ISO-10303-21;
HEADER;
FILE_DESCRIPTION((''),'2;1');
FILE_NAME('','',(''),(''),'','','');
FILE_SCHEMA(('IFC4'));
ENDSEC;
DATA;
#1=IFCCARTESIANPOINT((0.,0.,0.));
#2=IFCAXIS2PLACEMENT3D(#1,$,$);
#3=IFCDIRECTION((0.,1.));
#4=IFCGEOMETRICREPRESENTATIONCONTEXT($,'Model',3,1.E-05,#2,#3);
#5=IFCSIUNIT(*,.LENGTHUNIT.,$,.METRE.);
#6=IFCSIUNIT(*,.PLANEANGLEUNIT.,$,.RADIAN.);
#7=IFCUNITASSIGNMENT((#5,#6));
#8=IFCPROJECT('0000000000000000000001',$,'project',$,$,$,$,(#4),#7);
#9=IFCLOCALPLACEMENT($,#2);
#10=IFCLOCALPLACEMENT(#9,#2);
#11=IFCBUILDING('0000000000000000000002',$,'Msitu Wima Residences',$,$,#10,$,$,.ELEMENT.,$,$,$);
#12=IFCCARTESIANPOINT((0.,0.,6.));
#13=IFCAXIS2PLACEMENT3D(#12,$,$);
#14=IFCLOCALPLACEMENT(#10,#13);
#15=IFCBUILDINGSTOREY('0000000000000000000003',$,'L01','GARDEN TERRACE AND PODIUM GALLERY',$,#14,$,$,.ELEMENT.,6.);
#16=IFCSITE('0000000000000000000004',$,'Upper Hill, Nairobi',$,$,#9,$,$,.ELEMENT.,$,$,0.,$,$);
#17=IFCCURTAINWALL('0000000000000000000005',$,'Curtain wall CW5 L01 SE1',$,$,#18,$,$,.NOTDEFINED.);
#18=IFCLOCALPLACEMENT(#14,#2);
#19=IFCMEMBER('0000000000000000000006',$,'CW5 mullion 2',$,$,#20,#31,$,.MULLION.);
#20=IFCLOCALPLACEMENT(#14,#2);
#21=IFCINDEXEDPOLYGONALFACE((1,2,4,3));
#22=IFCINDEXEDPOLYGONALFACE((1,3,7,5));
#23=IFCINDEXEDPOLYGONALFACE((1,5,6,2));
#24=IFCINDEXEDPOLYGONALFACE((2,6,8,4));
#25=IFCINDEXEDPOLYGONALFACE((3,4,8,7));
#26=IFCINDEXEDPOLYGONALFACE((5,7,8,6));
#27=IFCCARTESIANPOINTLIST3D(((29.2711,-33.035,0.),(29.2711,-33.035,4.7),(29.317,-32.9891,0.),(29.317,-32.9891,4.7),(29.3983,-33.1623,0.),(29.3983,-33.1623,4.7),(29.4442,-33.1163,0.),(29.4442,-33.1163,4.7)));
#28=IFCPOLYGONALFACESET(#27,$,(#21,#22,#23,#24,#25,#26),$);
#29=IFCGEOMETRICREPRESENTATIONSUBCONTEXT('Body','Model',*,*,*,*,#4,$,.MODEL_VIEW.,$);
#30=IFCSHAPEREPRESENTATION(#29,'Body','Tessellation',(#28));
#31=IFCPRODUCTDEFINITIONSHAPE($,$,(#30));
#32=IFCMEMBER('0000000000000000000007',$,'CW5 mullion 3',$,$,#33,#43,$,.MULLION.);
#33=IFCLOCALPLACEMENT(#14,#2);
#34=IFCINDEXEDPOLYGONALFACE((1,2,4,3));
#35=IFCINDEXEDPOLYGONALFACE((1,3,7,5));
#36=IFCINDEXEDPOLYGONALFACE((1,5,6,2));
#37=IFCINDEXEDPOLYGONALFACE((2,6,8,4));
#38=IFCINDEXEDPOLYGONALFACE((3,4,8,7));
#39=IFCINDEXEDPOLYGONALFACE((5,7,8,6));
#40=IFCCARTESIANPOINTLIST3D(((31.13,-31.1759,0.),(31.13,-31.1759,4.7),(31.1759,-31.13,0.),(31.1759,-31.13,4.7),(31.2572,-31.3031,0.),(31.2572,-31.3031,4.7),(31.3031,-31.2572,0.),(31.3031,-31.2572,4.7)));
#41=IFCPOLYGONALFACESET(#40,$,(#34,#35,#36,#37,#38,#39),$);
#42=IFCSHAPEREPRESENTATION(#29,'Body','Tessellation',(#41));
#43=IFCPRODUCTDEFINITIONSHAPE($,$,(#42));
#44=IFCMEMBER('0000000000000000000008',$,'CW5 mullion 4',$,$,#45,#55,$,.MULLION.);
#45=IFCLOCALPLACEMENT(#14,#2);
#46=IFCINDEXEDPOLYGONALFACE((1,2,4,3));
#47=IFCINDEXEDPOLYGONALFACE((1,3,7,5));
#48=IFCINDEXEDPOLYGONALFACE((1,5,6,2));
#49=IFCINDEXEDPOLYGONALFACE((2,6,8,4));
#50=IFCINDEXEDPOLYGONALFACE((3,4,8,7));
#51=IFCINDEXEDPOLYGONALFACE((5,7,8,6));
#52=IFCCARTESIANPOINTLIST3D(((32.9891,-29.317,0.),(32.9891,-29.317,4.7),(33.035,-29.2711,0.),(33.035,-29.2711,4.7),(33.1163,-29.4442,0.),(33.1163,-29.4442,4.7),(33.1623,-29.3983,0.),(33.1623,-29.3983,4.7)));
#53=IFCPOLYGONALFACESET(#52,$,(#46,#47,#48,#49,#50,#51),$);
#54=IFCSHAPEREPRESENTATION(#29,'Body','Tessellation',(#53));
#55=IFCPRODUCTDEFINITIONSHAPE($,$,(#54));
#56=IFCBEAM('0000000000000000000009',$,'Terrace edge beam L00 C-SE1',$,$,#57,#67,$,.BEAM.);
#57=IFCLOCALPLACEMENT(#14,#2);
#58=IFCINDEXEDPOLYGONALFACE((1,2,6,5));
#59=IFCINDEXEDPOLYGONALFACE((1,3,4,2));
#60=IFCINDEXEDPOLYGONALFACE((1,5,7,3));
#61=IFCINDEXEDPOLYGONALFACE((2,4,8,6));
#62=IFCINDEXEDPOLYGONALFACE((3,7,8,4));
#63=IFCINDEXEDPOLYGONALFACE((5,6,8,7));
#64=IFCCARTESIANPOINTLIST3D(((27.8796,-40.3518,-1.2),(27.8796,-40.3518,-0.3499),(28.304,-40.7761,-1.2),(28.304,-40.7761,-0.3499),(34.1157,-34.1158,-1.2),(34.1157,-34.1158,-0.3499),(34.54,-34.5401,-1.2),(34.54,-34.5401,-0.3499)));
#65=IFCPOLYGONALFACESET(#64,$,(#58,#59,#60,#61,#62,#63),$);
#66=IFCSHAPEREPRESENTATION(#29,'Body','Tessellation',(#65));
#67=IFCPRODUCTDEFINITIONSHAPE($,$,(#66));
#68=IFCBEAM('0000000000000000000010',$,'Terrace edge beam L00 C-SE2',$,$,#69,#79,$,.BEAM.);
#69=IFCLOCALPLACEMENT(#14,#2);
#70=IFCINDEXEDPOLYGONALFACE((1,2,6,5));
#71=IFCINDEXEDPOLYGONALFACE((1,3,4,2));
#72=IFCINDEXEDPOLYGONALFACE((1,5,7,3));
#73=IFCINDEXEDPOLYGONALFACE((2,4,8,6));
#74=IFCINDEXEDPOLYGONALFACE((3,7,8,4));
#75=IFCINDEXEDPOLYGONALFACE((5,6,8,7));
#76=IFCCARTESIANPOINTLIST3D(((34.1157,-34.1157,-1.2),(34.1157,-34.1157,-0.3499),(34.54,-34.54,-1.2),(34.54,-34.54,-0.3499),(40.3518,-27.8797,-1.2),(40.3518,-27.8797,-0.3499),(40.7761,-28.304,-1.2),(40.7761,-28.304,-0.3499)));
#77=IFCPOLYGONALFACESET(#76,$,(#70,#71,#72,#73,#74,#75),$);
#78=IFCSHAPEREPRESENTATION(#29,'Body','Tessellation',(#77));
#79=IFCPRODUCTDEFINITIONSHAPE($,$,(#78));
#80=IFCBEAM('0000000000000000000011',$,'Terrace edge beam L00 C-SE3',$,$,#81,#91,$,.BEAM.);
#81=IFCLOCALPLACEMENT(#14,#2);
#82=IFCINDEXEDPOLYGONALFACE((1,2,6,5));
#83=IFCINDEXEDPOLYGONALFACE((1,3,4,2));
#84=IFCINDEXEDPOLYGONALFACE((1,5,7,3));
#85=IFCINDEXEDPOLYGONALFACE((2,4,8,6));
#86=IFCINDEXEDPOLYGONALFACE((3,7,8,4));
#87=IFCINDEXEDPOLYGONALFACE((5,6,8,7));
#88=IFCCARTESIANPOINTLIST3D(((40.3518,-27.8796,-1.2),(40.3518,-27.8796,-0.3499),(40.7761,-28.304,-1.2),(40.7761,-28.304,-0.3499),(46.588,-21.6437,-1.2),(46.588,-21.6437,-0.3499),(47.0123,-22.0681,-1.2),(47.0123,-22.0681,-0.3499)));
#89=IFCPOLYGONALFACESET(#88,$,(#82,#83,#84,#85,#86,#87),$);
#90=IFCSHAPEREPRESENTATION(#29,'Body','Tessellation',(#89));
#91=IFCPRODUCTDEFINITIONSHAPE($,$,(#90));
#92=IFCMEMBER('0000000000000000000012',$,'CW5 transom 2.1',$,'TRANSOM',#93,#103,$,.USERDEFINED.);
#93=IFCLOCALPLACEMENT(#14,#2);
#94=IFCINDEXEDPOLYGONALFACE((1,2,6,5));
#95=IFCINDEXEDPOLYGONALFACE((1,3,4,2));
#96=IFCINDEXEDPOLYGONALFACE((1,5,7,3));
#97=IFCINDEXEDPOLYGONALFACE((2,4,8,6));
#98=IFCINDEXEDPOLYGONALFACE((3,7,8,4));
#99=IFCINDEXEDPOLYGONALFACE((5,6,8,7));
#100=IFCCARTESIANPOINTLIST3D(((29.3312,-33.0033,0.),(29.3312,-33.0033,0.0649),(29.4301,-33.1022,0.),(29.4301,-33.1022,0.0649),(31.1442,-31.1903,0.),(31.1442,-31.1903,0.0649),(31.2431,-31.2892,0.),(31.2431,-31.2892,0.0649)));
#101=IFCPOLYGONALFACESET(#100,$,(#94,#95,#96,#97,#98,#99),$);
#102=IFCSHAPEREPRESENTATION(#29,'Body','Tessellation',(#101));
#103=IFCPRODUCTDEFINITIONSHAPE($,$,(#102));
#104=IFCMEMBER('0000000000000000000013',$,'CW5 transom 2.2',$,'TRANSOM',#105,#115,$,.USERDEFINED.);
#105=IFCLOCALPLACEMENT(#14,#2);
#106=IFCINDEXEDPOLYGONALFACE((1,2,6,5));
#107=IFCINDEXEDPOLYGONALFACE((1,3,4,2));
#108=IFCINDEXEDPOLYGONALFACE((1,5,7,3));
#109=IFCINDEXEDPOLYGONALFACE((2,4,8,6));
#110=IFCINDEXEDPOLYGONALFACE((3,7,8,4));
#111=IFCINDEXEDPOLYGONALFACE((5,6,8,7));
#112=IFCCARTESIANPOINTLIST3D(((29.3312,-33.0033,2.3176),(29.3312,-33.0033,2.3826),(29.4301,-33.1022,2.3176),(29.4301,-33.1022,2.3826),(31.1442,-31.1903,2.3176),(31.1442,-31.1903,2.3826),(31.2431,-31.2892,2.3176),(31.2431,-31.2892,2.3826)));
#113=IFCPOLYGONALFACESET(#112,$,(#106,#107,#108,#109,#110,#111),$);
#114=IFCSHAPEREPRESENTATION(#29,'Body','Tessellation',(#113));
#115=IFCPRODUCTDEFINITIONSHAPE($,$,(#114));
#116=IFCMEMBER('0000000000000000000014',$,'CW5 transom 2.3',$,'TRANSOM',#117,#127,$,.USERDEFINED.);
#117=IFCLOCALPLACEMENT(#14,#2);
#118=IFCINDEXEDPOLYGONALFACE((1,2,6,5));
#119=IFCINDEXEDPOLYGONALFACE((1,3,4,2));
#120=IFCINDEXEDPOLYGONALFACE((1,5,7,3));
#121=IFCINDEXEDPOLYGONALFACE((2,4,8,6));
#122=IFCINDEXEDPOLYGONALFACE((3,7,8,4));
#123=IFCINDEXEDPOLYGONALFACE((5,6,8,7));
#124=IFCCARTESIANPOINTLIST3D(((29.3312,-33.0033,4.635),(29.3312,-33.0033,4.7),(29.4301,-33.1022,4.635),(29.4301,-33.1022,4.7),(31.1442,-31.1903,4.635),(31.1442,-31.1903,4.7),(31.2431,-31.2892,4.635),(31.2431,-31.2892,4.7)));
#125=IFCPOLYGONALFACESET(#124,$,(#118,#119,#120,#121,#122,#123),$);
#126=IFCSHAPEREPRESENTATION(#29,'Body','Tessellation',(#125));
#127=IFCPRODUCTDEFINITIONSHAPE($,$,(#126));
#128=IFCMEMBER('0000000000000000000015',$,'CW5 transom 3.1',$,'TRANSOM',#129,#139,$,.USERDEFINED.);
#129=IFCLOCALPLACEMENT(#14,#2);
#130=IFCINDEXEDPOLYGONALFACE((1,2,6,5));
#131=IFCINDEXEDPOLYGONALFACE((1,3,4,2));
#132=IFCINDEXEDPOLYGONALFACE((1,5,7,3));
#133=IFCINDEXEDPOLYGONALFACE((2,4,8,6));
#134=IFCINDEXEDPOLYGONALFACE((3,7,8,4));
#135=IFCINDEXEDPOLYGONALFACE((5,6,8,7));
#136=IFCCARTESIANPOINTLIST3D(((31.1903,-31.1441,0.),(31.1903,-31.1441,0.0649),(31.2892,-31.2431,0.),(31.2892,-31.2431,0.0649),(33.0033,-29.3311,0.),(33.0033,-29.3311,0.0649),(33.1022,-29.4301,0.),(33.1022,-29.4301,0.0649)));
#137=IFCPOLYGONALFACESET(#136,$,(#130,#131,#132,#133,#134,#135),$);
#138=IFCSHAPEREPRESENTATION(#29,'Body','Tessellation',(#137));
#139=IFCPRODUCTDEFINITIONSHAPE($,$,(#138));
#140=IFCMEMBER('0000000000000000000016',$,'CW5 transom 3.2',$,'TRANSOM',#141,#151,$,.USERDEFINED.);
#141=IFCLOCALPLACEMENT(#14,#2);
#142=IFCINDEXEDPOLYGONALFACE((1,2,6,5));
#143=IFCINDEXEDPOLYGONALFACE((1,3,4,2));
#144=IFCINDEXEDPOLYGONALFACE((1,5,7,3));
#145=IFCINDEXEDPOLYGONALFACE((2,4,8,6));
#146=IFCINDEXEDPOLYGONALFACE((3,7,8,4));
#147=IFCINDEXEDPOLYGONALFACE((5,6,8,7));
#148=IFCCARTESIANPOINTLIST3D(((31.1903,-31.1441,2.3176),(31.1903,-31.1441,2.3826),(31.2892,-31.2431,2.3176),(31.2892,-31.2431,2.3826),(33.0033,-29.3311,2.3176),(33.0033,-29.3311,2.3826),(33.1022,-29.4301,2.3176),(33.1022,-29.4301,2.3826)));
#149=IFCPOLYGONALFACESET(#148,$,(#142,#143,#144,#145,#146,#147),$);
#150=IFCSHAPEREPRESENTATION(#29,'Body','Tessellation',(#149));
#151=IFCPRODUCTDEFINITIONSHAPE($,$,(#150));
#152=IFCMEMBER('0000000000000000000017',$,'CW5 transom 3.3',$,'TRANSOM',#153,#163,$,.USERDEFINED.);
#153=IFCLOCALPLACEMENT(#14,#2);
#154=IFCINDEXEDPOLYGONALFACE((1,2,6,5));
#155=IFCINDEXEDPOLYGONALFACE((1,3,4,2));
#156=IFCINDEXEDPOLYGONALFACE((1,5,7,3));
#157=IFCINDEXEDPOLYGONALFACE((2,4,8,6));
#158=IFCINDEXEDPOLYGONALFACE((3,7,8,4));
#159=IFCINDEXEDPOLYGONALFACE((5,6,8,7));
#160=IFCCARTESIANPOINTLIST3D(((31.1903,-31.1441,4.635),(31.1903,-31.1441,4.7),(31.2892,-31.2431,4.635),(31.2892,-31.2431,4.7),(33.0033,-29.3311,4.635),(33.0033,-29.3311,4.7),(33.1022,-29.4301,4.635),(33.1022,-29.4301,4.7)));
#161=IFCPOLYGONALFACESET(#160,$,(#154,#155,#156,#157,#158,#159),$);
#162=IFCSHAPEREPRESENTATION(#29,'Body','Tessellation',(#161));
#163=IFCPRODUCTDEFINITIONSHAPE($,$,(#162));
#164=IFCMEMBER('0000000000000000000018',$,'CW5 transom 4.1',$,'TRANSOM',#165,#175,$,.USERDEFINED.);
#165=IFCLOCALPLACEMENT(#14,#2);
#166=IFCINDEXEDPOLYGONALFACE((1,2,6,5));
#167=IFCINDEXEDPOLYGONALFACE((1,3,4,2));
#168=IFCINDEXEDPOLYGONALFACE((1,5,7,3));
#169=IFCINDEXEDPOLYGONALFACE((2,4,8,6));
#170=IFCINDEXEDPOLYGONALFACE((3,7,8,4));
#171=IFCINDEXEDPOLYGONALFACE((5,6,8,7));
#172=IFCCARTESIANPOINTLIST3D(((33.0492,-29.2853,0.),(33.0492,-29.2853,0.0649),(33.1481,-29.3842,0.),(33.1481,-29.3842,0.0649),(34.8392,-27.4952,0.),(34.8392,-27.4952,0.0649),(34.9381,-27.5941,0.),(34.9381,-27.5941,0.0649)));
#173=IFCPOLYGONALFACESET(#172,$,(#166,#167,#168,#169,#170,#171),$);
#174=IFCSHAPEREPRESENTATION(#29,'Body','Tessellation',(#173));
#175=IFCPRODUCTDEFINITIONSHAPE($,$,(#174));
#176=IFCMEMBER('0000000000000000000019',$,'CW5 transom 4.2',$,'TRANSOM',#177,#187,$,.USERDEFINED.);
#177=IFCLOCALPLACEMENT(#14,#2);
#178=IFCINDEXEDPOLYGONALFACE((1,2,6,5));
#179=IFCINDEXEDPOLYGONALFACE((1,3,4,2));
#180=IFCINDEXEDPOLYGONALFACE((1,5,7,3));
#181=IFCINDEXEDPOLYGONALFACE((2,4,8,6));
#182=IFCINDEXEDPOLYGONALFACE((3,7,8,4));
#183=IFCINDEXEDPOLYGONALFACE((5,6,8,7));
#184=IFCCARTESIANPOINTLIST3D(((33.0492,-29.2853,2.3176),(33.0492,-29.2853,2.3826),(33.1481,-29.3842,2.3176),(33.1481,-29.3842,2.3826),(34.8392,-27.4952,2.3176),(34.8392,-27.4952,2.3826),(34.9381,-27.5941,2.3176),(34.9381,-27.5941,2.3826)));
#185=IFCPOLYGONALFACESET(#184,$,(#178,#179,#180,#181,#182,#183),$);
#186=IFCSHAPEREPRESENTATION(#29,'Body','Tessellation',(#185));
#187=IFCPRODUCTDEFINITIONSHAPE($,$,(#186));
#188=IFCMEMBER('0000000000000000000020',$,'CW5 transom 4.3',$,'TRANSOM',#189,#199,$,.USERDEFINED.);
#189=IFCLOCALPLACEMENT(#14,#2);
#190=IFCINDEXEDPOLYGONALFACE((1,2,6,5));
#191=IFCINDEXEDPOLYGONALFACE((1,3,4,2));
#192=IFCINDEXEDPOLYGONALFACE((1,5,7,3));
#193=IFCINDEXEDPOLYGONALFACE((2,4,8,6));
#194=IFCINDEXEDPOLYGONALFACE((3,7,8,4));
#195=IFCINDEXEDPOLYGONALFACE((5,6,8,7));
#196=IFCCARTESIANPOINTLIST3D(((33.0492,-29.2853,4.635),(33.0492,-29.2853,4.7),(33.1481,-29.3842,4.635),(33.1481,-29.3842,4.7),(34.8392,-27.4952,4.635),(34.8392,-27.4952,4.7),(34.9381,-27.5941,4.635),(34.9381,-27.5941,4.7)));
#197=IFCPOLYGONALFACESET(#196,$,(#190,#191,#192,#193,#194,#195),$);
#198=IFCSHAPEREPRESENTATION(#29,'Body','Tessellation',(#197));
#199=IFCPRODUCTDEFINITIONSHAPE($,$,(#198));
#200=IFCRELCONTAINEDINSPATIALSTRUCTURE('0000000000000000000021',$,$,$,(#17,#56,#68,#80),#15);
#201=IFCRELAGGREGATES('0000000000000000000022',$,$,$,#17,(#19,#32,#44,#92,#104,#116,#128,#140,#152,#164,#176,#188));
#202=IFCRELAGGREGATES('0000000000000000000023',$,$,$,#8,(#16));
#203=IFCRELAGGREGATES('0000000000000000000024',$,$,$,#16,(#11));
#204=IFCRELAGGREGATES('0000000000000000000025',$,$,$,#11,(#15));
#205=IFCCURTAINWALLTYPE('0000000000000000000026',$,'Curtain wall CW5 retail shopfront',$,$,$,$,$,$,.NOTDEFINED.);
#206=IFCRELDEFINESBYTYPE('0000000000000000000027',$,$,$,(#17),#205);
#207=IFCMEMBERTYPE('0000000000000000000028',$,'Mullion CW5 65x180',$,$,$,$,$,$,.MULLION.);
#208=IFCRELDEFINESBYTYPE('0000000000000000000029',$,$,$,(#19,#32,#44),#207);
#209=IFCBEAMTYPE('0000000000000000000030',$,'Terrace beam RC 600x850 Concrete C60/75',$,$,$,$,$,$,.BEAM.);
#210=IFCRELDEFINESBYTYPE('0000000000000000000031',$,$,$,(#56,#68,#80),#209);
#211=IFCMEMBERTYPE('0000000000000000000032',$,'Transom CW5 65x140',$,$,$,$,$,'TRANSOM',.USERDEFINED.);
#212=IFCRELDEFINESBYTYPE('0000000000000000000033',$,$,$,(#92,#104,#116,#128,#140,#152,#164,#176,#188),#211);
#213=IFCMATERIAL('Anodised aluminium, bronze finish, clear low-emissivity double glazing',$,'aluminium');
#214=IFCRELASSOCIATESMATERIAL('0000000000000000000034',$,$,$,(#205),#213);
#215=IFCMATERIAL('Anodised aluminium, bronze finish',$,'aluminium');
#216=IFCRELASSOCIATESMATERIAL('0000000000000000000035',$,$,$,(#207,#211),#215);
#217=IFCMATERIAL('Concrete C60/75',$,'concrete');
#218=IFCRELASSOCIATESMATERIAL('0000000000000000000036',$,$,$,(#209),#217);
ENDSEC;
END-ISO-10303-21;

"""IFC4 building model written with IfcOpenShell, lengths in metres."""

from ifc_helpers import new_model, si_unit, direction, frame, origin, origin_2d, place, context, subcontext, project, spatial, rectangle, extrude, material, material_profile, profile_set, type_object, element, aggregate, save


model = new_model("IFC4")

# Units and contexts
model_context = context("Model", 3, precision=1e-05, world=origin(), true_north=direction((0.0, 1.0)))
body_context = subcontext(model_context, "Body", "Model", "MODEL_VIEW")
ifc_project = project(units=[si_unit("LENGTHUNIT", "METRE"), si_unit("PLANEANGLEUNIT", "RADIAN")], contexts=[model_context])

# Site, building, storey
site_placement = place(None, origin())
site = spatial("IfcSite", under=ifc_project, at=site_placement, Name="Upper Hill, Nairobi", CompositionType="ELEMENT", RefElevation=0.0)
building_placement = place(site_placement, origin())
building = spatial("IfcBuilding", under=site, at=building_placement, Name="Msitu Wima Residences", CompositionType="ELEMENT")
storey_placement = place(building_placement, frame((0.0, 0.0, 6.0)))
storey = spatial("IfcBuildingStorey", under=building, at=storey_placement, Name="L01", Description="GARDEN TERRACE AND PODIUM GALLERY", CompositionType="ELEMENT", Elevation=6.0)

# Curtain wall, members
ifc_material_1 = material(Name="Anodised aluminium, bronze finish, clear low-emissivity double glazing", Category="aluminium")
curtain_wall_type = type_object("IfcCurtainWallType", Name="Curtain wall CW5 retail shopfront", PredefinedType="NOTDEFINED", material=ifc_material_1)
curtain_wall_placement = place(storey_placement, origin())
curtain_wall = element("IfcCurtainWall", 1, at=curtain_wall_placement, inside=storey, type_object=curtain_wall_type, Name="Curtain wall CW5 L01 SE1", PredefinedType="NOTDEFINED")
ifc_material_2 = material(Name="Anodised aluminium, bronze finish", Category="aluminium")
ifc_material_profile_1 = material_profile(ifc_material_2, rectangle(XDim=0.1799, YDim=0.0649, at=origin_2d()), Name="Mullion 65x180")
ifc_profile_set_1 = profile_set([ifc_material_profile_1], Name="Anodised aluminium, bronze finish")
member_type_1 = type_object("IfcMemberType", Name="Mullion CW5 65x180", PredefinedType="MULLION", material=ifc_profile_set_1)
member_1_placement = place(storey_placement, frame((29.3577, -33.0757, 0.0), z_axis=(0.0, 0.0, 1.0), x_axis=(-0.707107, 0.707107, 0.0)))
member_1 = element("IfcMember", 2, at=member_1_placement, type_object=member_type_1, Name="CW5 mullion 2", PredefinedType="MULLION", context=body_context, shape_type="SweptSolid", body=[
    extrude(rectangle(XDim=0.1799, YDim=0.0649, at=origin_2d()), origin(), (0.0, 0.0, 1.0), 4.7),
])
member_2_placement = place(storey_placement, frame((31.2166, -31.2166, 0.0), z_axis=(0.0, 0.0, 1.0), x_axis=(-0.707107, 0.707107, 0.0)))
member_2 = element("IfcMember", 3, at=member_2_placement, type_object=member_type_1, Name="CW5 mullion 3", PredefinedType="MULLION", context=body_context, shape_type="SweptSolid", body=[
    extrude(rectangle(XDim=0.1799, YDim=0.0649, at=origin_2d()), origin(), (0.0, 0.0, 1.0), 4.7),
])
member_3_placement = place(storey_placement, frame((33.0757, -29.3577, 0.0), z_axis=(0.0, 0.0, 1.0), x_axis=(-0.707107, 0.707107, 0.0)))
member_3 = element("IfcMember", 4, at=member_3_placement, type_object=member_type_1, Name="CW5 mullion 4", PredefinedType="MULLION", context=body_context, shape_type="SweptSolid", body=[
    extrude(rectangle(XDim=0.1799, YDim=0.0649, at=origin_2d()), origin(), (0.0, 0.0, 1.0), 4.7),
])

# Beams
ifc_material_3 = material(Name="Concrete C60/75", Category="concrete")
ifc_material_profile_2 = material_profile(ifc_material_3, rectangle(XDim=0.6001, YDim=0.8501, at=origin_2d()), Name="RC 600x850")
ifc_profile_set_2 = profile_set([ifc_material_profile_2], Name="Concrete C60/75")
beam_type = type_object("IfcBeamType", Name="Terrace beam RC 600x850 Concrete C60/75", PredefinedType="BEAM", material=ifc_profile_set_2)
for number, where, z_axis, x_axis, name in (
    (5, (28.0918, -40.564, -0.7749), (0.707107, 0.707107, 0.0), (-0.707107, 0.707107, 0.0), "Terrace edge beam L00 C-SE1"),
    (6, (34.3279, -34.3279, -0.7749), (0.707107, 0.707107, 0.0), (-0.707107, 0.707107, 0.0), "Terrace edge beam L00 C-SE2"),
    (7, (40.564, -28.0918, -0.7749), (0.707121, 0.707093, 0.0), (-0.707093, 0.707121, 0.0), "Terrace edge beam L00 C-SE3"),
):
    element("IfcBeam", number, at=place(storey_placement, frame(where, z_axis=z_axis, x_axis=x_axis)), inside=storey, type_object=beam_type, Name=name, PredefinedType="BEAM", context=body_context, shape_type="SweptSolid", body=[
        extrude(rectangle(XDim=0.6001, YDim=0.8501, at=origin_2d()), origin(), (0.0, 0.0, 1.0), 8.8191),
    ])

# Members
ifc_material_profile_3 = material_profile(ifc_material_2, rectangle(XDim=0.1399, YDim=0.0649, at=origin_2d()), Name="Transom 65x140")
ifc_profile_set_3 = profile_set([ifc_material_profile_3], Name="Anodised aluminium, bronze finish")
member_type_2 = type_object("IfcMemberType", Name="Transom CW5 65x140", ElementType="TRANSOM", PredefinedType="USERDEFINED", material=ifc_profile_set_3)
member_4_placement = place(storey_placement, frame((29.3806, -33.0527, 0.0325), z_axis=(0.707107, 0.707107, 0.0), x_axis=(-0.707107, 0.707107, 0.0)))
member_4 = element("IfcMember", 8, at=member_4_placement, type_object=member_type_2, Name="CW5 transom 2.1", ObjectType="TRANSOM", PredefinedType="USERDEFINED", context=body_context, shape_type="SweptSolid", body=[
    extrude(rectangle(XDim=0.1399, YDim=0.0649, at=origin_2d()), origin(), (0.0, 0.0, 1.0), 2.564),
])
member_5_placement = place(storey_placement, frame((29.3806, -33.0527, 2.3501), z_axis=(0.707107, 0.707107, 0.0), x_axis=(-0.707107, 0.707107, 0.0)))
member_5 = element("IfcMember", 9, at=member_5_placement, type_object=member_type_2, Name="CW5 transom 2.2", ObjectType="TRANSOM", PredefinedType="USERDEFINED", context=body_context, shape_type="SweptSolid", body=[
    extrude(rectangle(XDim=0.1399, YDim=0.0649, at=origin_2d()), origin(), (0.0, 0.0, 1.0), 2.564),
])
member_6_placement = place(storey_placement, frame((29.3806, -33.0527, 4.6675), z_axis=(0.707107, 0.707107, 0.0), x_axis=(-0.707107, 0.707107, 0.0)))
member_6 = element("IfcMember", 10, at=member_6_placement, type_object=member_type_2, Name="CW5 transom 2.3", ObjectType="TRANSOM", PredefinedType="USERDEFINED", context=body_context, shape_type="SweptSolid", body=[
    extrude(rectangle(XDim=0.1399, YDim=0.0649, at=origin_2d()), origin(), (0.0, 0.0, 1.0), 2.564),
])
member_7_placement = place(storey_placement, frame((31.2397, -31.1936, 0.0325), z_axis=(0.707107, 0.707107, 0.0), x_axis=(-0.707107, 0.707107, 0.0)))
member_7 = element("IfcMember", 11, at=member_7_placement, type_object=member_type_2, Name="CW5 transom 3.1", ObjectType="TRANSOM", PredefinedType="USERDEFINED", context=body_context, shape_type="SweptSolid", body=[
    extrude(rectangle(XDim=0.1399, YDim=0.0649, at=origin_2d()), origin(), (0.0, 0.0, 1.0), 2.564),
])
member_8_placement = place(storey_placement, frame((31.2397, -31.1936, 2.3501), z_axis=(0.707107, 0.707107, 0.0), x_axis=(-0.707107, 0.707107, 0.0)))
member_8 = element("IfcMember", 12, at=member_8_placement, type_object=member_type_2, Name="CW5 transom 3.2", ObjectType="TRANSOM", PredefinedType="USERDEFINED", context=body_context, shape_type="SweptSolid", body=[
    extrude(rectangle(XDim=0.1399, YDim=0.0649, at=origin_2d()), origin(), (0.0, 0.0, 1.0), 2.564),
])
member_9_placement = place(storey_placement, frame((31.2397, -31.1936, 4.6675), z_axis=(0.707107, 0.707107, 0.0), x_axis=(-0.707107, 0.707107, 0.0)))
member_9 = element("IfcMember", 13, at=member_9_placement, type_object=member_type_2, Name="CW5 transom 3.3", ObjectType="TRANSOM", PredefinedType="USERDEFINED", context=body_context, shape_type="SweptSolid", body=[
    extrude(rectangle(XDim=0.1399, YDim=0.0649, at=origin_2d()), origin(), (0.0, 0.0, 1.0), 2.564),
])
member_10_placement = place(storey_placement, frame((33.0986, -29.3347, 0.0325), z_axis=(0.707107, 0.707107, 0.0), x_axis=(-0.707107, 0.707107, 0.0)))
member_10 = element("IfcMember", 14, at=member_10_placement, type_object=member_type_2, Name="CW5 transom 4.1", ObjectType="TRANSOM", PredefinedType="USERDEFINED", context=body_context, shape_type="SweptSolid", body=[
    extrude(rectangle(XDim=0.1399, YDim=0.0649, at=origin_2d()), origin(), (0.0, 0.0, 1.0), 2.5315),
])
member_11_placement = place(storey_placement, frame((33.0986, -29.3347, 2.3501), z_axis=(0.707107, 0.707107, 0.0), x_axis=(-0.707107, 0.707107, 0.0)))
member_11 = element("IfcMember", 15, at=member_11_placement, type_object=member_type_2, Name="CW5 transom 4.2", ObjectType="TRANSOM", PredefinedType="USERDEFINED", context=body_context, shape_type="SweptSolid", body=[
    extrude(rectangle(XDim=0.1399, YDim=0.0649, at=origin_2d()), origin(), (0.0, 0.0, 1.0), 2.5315),
])
member_12_placement = place(storey_placement, frame((33.0986, -29.3347, 4.6675), z_axis=(0.707107, 0.707107, 0.0), x_axis=(-0.707107, 0.707107, 0.0)))
member_12 = element("IfcMember", 16, at=member_12_placement, type_object=member_type_2, Name="CW5 transom 4.3", ObjectType="TRANSOM", PredefinedType="USERDEFINED", context=body_context, shape_type="SweptSolid", body=[
    extrude(rectangle(XDim=0.1399, YDim=0.0649, at=origin_2d()), origin(), (0.0, 0.0, 1.0), 2.5315),
])

aggregate(curtain_wall, [member_1, member_2, member_3, member_4, member_5, member_6, member_7, member_8, member_9, member_10, member_11, member_12])

save(model, "model.ifc")
